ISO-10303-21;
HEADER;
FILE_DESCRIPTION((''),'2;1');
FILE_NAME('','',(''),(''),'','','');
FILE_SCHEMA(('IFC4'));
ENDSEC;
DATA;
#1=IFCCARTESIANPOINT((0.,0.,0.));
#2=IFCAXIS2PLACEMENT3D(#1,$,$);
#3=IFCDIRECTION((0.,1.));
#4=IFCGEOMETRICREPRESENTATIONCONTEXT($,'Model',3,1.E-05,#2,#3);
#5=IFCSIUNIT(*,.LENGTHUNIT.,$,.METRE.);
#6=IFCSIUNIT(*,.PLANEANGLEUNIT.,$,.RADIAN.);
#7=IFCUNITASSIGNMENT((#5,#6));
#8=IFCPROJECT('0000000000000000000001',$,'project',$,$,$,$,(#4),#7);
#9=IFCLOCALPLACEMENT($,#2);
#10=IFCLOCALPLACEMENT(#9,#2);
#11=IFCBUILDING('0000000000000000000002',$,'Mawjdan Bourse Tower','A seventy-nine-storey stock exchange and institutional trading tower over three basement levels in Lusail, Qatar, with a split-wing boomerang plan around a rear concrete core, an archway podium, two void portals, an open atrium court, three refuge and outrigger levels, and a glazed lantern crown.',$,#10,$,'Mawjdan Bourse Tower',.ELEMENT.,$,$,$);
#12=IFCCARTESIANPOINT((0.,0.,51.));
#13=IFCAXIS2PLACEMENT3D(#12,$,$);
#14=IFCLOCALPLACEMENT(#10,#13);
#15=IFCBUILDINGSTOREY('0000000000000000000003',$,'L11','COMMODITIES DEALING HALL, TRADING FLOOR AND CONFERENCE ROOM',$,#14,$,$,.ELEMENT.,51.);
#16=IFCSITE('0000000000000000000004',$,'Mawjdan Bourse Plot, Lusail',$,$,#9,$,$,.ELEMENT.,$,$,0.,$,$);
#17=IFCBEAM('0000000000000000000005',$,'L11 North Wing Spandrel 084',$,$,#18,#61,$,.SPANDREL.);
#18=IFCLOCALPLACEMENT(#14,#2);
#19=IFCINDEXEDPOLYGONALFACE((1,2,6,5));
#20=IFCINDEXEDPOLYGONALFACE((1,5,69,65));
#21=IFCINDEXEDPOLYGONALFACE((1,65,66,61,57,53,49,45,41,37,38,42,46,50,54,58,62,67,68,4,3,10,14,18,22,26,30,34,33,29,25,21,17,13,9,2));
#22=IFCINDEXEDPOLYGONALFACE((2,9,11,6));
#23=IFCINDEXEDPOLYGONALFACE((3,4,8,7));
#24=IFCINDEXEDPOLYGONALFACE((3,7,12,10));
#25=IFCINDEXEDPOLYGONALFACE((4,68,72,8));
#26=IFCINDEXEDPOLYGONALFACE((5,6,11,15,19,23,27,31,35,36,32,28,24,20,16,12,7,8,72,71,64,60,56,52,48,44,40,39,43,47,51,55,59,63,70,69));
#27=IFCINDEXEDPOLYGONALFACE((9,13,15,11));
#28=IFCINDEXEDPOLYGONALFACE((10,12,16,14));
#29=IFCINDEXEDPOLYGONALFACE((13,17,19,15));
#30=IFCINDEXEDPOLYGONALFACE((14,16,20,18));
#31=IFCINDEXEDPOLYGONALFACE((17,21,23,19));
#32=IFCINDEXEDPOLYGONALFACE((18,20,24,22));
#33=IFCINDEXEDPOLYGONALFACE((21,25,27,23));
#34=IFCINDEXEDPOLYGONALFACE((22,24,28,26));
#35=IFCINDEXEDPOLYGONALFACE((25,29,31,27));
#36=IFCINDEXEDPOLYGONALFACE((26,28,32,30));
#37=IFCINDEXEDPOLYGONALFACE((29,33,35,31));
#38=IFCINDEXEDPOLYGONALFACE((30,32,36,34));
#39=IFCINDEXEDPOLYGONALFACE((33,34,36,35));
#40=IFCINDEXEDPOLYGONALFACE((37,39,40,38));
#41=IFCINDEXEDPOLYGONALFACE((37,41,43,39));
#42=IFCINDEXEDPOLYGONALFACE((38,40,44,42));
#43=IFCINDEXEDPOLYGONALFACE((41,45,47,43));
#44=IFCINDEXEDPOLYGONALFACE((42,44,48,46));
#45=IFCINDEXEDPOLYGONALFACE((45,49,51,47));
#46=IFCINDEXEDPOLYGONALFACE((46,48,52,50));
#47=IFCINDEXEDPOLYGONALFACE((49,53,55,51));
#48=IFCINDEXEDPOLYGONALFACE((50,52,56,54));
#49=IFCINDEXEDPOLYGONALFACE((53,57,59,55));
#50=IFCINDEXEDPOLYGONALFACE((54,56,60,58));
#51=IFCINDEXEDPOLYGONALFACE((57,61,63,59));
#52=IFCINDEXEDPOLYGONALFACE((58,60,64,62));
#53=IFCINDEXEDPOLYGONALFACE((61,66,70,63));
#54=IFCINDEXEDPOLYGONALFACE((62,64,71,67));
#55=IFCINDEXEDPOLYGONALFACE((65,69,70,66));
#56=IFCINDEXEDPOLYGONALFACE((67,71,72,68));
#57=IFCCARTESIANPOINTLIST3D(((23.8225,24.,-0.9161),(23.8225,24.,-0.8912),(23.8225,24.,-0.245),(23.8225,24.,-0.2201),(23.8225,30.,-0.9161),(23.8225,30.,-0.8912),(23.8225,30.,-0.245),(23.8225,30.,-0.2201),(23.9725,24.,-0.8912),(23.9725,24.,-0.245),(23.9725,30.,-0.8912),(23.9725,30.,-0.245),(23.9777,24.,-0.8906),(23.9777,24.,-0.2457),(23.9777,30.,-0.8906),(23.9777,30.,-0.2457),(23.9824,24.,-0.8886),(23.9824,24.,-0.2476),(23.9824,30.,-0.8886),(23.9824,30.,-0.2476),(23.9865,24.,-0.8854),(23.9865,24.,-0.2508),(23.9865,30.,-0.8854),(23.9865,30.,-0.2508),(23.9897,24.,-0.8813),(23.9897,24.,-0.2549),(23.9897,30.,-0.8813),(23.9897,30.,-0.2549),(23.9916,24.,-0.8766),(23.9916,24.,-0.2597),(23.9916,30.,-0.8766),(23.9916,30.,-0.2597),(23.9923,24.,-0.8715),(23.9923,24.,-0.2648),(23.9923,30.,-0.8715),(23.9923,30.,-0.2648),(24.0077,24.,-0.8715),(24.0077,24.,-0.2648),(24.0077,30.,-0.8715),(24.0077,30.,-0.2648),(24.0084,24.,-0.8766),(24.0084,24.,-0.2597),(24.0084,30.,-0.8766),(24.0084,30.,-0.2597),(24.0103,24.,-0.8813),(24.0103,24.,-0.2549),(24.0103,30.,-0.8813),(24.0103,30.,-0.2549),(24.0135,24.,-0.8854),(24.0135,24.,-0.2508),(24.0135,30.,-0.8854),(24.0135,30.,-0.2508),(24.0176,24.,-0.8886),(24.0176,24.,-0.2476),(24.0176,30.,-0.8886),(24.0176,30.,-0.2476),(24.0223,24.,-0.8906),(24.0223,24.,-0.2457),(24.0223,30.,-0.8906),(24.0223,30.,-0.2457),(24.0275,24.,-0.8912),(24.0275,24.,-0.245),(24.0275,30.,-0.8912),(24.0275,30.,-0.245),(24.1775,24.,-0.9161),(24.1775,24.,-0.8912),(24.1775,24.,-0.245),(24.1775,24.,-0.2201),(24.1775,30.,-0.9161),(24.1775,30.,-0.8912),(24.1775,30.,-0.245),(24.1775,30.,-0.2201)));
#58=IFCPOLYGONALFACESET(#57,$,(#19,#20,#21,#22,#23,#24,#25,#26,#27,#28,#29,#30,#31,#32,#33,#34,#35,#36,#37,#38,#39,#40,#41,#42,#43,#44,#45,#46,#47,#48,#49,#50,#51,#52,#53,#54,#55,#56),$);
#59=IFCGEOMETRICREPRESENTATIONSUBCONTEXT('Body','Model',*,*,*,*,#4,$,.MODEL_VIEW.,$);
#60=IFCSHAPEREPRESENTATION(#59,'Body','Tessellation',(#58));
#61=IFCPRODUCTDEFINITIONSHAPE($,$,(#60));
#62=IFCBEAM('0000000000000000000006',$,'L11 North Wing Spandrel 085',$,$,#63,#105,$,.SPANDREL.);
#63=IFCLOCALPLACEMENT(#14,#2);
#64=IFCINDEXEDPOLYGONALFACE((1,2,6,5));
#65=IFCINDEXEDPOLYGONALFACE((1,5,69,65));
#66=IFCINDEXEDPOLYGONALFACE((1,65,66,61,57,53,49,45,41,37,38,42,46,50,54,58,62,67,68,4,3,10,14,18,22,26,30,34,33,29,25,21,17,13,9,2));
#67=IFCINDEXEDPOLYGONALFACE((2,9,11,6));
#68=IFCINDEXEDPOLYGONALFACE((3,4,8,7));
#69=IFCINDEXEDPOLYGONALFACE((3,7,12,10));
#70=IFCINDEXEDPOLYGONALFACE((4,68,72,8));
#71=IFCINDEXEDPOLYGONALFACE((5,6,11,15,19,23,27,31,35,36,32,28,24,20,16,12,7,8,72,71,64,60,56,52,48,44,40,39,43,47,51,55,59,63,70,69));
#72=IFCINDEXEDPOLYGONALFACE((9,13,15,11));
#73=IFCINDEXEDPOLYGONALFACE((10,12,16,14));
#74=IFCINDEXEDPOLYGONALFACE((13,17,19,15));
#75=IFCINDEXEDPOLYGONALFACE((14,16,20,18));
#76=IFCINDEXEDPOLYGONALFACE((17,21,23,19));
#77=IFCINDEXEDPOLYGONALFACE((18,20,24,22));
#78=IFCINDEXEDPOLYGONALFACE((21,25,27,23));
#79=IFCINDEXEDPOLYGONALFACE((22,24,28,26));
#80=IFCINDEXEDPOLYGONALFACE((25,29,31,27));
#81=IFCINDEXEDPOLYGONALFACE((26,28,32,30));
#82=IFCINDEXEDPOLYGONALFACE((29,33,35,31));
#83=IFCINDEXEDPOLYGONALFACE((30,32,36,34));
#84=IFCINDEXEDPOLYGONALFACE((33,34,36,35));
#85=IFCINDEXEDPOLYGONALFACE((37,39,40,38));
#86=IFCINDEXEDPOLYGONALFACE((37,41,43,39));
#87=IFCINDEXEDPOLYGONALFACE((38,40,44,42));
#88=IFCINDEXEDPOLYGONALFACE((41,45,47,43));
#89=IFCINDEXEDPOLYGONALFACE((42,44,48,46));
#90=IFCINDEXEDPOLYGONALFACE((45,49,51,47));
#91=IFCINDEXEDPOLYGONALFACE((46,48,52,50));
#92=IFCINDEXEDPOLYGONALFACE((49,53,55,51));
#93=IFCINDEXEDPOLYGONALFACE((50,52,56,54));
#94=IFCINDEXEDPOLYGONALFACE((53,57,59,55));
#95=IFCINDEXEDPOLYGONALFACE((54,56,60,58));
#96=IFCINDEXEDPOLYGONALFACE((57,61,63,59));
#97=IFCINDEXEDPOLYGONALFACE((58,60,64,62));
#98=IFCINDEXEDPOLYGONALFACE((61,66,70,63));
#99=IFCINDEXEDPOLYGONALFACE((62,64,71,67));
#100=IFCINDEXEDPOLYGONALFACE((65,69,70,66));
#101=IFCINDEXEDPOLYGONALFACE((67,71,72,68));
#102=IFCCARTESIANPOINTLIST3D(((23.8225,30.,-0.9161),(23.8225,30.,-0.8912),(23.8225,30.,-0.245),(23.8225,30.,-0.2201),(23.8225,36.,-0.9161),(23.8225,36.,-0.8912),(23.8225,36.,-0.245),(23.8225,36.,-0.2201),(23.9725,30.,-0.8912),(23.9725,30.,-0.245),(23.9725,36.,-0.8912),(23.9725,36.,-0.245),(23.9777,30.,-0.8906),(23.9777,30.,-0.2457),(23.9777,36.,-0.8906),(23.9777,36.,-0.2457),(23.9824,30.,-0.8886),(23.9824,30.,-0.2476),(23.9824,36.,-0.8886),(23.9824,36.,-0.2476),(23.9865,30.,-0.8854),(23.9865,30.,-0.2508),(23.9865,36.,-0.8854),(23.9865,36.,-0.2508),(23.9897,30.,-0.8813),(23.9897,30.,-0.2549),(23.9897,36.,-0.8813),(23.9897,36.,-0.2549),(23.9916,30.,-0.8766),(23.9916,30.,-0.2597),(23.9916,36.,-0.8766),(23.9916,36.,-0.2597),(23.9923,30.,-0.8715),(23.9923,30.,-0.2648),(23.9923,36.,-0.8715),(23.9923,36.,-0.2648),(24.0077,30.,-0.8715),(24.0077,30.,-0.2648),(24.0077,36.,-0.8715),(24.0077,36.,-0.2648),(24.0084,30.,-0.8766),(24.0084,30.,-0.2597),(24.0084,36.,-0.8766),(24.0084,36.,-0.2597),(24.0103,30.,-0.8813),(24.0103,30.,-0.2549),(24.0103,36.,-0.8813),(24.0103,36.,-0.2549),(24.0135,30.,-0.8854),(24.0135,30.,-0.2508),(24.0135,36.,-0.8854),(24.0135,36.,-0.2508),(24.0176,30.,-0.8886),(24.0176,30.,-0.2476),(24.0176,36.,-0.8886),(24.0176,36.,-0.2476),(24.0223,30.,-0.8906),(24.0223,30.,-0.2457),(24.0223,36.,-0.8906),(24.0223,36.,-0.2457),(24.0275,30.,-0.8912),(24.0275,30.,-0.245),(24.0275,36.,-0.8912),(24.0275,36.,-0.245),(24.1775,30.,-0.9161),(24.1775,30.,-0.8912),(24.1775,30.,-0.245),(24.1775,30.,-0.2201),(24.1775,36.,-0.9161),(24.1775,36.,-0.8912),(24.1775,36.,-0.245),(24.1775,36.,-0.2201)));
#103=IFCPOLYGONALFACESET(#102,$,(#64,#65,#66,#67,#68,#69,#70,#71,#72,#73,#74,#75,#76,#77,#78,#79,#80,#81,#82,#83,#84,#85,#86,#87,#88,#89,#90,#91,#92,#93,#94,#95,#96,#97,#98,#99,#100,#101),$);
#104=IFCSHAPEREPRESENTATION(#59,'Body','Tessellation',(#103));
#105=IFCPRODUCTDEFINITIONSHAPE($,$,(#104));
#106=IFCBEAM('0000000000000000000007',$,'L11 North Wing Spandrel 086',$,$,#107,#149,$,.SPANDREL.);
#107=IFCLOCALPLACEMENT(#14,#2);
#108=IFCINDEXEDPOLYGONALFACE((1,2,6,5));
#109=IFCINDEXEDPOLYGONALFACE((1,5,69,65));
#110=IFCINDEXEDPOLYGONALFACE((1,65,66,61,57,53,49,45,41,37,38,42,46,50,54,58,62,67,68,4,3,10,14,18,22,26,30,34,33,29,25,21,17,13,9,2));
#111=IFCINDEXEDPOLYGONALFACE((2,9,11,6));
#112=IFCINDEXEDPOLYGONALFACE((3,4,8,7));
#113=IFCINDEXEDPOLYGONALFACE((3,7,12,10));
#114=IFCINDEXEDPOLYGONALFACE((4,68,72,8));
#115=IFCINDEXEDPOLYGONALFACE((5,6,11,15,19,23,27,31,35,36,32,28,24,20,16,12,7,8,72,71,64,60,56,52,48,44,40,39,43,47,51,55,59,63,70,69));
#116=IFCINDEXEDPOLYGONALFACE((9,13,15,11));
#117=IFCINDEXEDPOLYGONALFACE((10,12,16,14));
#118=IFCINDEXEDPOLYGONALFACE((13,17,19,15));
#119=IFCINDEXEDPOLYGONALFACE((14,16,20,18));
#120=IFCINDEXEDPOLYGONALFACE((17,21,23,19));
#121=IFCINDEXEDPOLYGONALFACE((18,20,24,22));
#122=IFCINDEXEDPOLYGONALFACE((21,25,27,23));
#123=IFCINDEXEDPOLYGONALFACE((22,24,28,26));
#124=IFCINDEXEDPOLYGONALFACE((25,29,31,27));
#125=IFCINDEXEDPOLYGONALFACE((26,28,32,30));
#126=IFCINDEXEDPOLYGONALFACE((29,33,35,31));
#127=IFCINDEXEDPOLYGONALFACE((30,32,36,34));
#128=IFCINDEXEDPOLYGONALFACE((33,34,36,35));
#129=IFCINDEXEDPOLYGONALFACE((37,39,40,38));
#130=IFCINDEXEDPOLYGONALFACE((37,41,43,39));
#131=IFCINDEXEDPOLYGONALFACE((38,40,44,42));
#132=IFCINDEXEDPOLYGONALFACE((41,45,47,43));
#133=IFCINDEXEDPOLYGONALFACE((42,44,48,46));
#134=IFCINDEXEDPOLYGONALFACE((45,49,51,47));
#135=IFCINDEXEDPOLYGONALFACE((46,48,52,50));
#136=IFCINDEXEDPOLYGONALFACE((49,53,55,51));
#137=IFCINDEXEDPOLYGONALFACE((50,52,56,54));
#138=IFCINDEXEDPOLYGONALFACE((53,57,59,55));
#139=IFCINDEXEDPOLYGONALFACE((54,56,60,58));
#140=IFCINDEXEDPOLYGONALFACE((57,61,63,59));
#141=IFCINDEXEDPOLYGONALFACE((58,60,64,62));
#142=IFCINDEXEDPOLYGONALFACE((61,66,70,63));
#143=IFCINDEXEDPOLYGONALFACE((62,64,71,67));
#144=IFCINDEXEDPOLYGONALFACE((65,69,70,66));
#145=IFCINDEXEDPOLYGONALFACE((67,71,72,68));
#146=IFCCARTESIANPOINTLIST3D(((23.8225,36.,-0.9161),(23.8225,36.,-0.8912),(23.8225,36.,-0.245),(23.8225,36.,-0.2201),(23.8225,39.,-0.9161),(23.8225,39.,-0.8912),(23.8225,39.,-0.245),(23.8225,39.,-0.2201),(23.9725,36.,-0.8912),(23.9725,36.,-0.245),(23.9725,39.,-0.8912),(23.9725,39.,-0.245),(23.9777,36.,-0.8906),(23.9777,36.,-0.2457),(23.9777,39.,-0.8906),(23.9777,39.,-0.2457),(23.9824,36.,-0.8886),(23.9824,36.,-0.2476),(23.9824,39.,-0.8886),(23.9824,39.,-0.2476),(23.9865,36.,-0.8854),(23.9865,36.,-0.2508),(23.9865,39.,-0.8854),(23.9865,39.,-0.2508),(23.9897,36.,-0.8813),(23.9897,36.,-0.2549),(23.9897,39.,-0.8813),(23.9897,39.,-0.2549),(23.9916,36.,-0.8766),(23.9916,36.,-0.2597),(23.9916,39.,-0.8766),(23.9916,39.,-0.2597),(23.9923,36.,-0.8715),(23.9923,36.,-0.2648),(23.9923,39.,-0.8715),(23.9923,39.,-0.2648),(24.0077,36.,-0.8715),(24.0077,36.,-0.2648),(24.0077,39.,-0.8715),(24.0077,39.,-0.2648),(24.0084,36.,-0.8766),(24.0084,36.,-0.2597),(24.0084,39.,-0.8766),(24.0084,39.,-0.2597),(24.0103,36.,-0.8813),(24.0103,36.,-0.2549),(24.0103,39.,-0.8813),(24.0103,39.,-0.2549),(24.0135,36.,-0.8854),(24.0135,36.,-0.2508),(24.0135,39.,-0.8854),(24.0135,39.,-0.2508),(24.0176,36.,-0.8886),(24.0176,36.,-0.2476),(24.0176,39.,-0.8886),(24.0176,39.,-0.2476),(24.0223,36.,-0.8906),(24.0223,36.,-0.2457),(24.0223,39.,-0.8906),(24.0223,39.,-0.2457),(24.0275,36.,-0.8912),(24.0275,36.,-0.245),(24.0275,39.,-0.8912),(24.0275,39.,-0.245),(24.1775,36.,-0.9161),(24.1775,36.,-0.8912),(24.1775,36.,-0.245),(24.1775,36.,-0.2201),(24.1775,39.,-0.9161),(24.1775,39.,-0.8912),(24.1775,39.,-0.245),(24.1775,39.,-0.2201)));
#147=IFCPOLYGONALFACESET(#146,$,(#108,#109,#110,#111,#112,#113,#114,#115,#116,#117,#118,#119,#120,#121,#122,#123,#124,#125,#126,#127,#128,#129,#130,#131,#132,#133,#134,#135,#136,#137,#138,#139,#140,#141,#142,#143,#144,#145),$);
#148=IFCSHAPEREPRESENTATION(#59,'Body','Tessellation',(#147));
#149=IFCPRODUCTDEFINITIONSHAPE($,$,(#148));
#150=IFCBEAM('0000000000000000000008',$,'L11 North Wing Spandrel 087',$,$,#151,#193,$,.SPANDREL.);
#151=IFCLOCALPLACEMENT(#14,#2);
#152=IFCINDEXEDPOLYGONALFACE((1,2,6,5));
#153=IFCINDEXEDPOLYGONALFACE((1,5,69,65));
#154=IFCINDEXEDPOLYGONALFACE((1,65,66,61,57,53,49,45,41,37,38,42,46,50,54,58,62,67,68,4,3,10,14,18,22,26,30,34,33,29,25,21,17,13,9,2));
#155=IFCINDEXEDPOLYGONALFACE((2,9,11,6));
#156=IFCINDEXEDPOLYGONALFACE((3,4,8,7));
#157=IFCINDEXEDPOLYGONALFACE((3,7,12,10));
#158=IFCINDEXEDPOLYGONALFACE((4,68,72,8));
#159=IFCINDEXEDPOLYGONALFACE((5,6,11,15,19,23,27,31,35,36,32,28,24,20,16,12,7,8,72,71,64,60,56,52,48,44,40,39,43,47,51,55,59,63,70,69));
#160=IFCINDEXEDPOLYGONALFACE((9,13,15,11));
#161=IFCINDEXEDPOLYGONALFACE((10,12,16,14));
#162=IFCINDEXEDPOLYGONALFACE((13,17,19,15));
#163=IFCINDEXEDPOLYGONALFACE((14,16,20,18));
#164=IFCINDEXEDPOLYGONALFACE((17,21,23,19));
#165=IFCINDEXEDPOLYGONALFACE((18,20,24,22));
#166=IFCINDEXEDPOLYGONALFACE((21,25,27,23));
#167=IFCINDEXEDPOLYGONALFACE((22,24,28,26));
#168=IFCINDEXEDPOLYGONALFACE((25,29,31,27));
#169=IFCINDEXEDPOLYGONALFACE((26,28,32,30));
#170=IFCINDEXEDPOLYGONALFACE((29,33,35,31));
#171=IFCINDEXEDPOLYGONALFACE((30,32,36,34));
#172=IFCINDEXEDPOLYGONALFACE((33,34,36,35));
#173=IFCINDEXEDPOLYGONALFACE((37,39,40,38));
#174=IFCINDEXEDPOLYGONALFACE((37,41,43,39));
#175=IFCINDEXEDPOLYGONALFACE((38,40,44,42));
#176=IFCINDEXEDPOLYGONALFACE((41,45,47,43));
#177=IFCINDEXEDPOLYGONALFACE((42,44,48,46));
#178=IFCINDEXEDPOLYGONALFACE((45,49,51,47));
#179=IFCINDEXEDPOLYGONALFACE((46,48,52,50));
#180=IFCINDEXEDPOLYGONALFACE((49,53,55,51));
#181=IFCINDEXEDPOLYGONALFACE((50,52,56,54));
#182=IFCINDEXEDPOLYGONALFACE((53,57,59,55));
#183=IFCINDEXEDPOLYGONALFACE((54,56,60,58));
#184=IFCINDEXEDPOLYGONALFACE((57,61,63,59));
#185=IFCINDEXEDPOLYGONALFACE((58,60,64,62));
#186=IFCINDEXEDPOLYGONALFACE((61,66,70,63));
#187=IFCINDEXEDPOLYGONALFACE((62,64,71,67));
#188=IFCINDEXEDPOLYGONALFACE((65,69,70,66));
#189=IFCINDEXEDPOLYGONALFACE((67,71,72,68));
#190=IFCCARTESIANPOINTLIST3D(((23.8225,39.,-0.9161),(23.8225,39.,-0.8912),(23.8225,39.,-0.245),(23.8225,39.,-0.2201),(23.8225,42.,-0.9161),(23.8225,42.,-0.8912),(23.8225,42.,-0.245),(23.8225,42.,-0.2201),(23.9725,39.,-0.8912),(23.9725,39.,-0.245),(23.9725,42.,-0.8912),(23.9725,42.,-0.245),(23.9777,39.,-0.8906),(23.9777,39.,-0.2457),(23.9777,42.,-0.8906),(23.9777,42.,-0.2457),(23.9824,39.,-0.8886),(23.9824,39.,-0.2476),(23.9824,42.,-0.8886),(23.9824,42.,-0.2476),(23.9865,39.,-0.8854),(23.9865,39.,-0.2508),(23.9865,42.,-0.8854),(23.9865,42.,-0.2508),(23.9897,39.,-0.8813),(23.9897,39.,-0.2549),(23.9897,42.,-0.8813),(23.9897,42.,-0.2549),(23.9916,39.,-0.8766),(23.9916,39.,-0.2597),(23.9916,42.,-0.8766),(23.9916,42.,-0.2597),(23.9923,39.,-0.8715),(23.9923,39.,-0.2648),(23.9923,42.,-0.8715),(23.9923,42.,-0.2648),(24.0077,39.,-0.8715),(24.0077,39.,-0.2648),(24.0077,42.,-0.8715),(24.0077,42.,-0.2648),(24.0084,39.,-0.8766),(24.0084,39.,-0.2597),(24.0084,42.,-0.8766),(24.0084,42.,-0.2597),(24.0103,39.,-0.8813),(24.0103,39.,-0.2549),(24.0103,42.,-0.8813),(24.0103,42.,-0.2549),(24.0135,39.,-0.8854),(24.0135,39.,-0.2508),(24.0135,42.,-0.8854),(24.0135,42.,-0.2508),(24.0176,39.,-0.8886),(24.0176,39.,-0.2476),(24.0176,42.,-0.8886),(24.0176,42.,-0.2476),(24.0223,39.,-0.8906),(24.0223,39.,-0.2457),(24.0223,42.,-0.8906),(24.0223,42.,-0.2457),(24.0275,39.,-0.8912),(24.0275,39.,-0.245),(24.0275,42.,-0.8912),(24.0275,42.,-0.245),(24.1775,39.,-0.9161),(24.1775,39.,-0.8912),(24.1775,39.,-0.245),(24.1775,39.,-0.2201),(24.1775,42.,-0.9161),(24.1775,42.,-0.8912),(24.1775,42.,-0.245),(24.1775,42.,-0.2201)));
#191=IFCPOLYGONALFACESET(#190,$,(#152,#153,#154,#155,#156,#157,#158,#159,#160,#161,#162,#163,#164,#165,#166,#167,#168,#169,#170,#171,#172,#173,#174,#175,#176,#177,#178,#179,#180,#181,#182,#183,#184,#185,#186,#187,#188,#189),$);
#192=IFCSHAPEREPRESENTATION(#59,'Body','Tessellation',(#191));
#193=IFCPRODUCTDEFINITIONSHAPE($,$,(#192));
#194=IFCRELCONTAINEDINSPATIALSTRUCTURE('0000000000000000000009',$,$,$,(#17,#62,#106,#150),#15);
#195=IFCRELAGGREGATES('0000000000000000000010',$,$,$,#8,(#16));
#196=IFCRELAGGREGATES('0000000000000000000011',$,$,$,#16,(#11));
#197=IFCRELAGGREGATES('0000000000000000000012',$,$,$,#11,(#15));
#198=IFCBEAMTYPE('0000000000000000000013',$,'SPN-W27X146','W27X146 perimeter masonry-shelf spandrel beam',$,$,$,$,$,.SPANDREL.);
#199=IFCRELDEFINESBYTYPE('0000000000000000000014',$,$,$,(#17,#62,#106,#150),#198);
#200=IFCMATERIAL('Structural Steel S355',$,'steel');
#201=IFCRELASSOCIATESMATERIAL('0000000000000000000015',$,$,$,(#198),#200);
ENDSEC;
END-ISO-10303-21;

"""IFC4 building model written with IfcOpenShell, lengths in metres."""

from ifc_helpers import new_model, si_unit, direction, frame, origin, origin_2d, place, context, subcontext, project, spatial, i_section, extrude, material, material_profile, profile_set, type_object, element, save


model = new_model("IFC4")

# Units and contexts
model_context = context("Model", 3, precision=1e-05, world=origin(), true_north=direction((0.0, 1.0)))
body_context = subcontext(model_context, "Body", "Model", "MODEL_VIEW")
ifc_project = project(units=[si_unit("LENGTHUNIT", "METRE"), si_unit("PLANEANGLEUNIT", "RADIAN")], contexts=[model_context])

# Site, building, storey
site_placement = place(None, origin())
site = spatial("IfcSite", under=ifc_project, at=site_placement, Name="Mawjdan Bourse Plot, Lusail", CompositionType="ELEMENT", RefElevation=0.0)
building_placement = place(site_placement, origin())
building = spatial("IfcBuilding", under=site, at=building_placement, Name="Mawjdan Bourse Tower", Description="A seventy-nine-storey stock exchange and institutional trading tower over three basement levels in Lusail, Qatar, with a split-wing boomerang plan around a rear concrete core, an archway podium, two void portals, an open atrium court, three refuge and outrigger levels, and a glazed lantern crown.", LongName="Mawjdan Bourse Tower", CompositionType="ELEMENT")
storey_placement = place(building_placement, frame((0.0, 0.0, 51.0)))
storey = spatial("IfcBuildingStorey", under=building, at=storey_placement, Name="L11", Description="COMMODITIES DEALING HALL, TRADING FLOOR AND CONFERENCE ROOM", CompositionType="ELEMENT", Elevation=51.0)

# Beams
ifc_material_1 = material(Name="Structural Steel S355", Category="steel")
ifc_material_profile_1 = material_profile(ifc_material_1, i_section(OverallWidth=0.355, OverallDepth=0.696, WebThickness=0.0154, FlangeThickness=0.0249, FilletRadius=0.0198, at=origin_2d()), Name="W27X146")
ifc_profile_set_1 = profile_set([ifc_material_profile_1], Name="Structural Steel S355")
beam_type = type_object("IfcBeamType", Name="SPN-W27X146", Description="W27X146 perimeter masonry-shelf spandrel beam", PredefinedType="SPANDREL", material=ifc_profile_set_1)
for number, where, z_axis, x_axis, name in (
    (1, (24.0, 24.0, -0.5681), (0.0, 1.0, 0.0), (-1.0, 0.0, 0.0), "L11 North Wing Spandrel 084"),
    (2, (24.0, 30.0, -0.5681), (0.0, 1.0, 0.0), (-1.0, 0.0, 0.0), "L11 North Wing Spandrel 085"),
):
    element("IfcBeam", number, at=place(storey_placement, frame(where, z_axis=z_axis, x_axis=x_axis)), inside=storey, type_object=beam_type, Name=name, PredefinedType="SPANDREL", context=body_context, shape_type="SweptSolid", body=[
        extrude(i_section(OverallWidth=0.355, OverallDepth=0.696, WebThickness=0.0154, FlangeThickness=0.0249, FilletRadius=0.0198, at=origin_2d()), origin(), (0.0, 0.0, 1.0), 6.0),
    ])
for number, where, z_axis, x_axis, name in (
    (3, (24.0, 36.0, -0.5681), (0.0, 1.0, 0.0), (-1.0, 0.0, 0.0), "L11 North Wing Spandrel 086"),
    (4, (24.0, 39.0, -0.5681), (0.0, 1.0, 0.0), (-1.0, 0.0, 0.0), "L11 North Wing Spandrel 087"),
):
    element("IfcBeam", number, at=place(storey_placement, frame(where, z_axis=z_axis, x_axis=x_axis)), inside=storey, type_object=beam_type, Name=name, PredefinedType="SPANDREL", context=body_context, shape_type="SweptSolid", body=[
        extrude(i_section(OverallWidth=0.355, OverallDepth=0.696, WebThickness=0.0154, FlangeThickness=0.0249, FilletRadius=0.0198, at=origin_2d()), origin(), (0.0, 0.0, 1.0), 3.0),
    ])

save(model, "model.ifc")
